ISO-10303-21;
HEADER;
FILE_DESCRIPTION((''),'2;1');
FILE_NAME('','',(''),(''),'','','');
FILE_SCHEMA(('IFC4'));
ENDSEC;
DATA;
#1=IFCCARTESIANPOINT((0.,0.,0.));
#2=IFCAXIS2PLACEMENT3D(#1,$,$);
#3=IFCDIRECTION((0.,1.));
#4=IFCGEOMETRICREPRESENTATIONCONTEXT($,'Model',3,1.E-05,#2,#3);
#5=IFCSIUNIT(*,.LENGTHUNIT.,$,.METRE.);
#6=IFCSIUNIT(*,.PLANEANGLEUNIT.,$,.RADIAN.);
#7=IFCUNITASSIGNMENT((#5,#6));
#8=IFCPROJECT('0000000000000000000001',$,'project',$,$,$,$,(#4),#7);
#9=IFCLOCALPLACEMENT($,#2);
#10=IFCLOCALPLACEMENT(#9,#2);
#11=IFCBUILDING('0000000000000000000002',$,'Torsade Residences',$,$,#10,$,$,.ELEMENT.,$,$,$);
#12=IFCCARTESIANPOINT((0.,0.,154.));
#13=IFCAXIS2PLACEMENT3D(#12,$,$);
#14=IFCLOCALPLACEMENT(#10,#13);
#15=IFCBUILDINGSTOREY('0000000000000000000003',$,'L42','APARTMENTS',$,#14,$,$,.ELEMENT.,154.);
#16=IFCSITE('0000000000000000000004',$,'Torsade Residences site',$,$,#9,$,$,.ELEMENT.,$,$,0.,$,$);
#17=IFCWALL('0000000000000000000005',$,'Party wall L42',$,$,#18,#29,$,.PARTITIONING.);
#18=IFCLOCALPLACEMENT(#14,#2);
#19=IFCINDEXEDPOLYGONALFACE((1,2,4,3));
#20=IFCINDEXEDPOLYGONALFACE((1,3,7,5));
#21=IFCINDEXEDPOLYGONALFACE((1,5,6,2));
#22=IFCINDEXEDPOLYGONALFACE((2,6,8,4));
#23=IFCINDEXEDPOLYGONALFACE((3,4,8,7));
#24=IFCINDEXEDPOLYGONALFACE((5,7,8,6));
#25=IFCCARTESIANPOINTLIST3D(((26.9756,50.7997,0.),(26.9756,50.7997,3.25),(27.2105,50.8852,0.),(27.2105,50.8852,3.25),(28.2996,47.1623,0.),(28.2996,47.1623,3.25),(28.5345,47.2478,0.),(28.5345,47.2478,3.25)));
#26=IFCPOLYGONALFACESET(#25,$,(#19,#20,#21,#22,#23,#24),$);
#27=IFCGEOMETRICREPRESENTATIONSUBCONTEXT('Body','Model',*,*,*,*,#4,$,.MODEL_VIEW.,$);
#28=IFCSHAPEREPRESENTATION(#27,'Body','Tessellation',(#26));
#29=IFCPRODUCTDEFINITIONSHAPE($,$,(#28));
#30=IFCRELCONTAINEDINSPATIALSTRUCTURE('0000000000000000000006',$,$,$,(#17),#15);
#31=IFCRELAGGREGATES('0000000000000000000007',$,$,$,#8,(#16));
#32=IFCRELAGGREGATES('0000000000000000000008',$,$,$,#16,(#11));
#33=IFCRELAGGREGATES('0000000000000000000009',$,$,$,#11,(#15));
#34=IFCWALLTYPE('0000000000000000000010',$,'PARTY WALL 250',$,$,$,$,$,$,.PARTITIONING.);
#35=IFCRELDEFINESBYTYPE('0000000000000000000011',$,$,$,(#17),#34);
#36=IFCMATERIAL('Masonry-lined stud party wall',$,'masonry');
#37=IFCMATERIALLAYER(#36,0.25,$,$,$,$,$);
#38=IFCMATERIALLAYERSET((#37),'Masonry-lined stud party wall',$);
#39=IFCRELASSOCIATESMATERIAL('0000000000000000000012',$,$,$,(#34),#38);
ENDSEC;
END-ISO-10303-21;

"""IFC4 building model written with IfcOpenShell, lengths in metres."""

from ifc_helpers import new_model, si_unit, direction, frame, frame_2d, origin, place, context, subcontext, project, spatial, rectangle, extrude, material, layer, layer_set, type_object, element, save


model = new_model("IFC4")

# Units and contexts
model_context = context("Model", 3, precision=1e-05, world=origin(), true_north=direction((0.0, 1.0)))
body_context = subcontext(model_context, "Body", "Model", "MODEL_VIEW")
ifc_project = project(units=[si_unit("LENGTHUNIT", "METRE"), si_unit("PLANEANGLEUNIT", "RADIAN")], contexts=[model_context])

# Site, building, storey
site_placement = place(None, origin())
site = spatial("IfcSite", under=ifc_project, at=site_placement, Name="Torsade Residences site", CompositionType="ELEMENT", RefElevation=0.0)
building_placement = place(site_placement, origin())
building = spatial("IfcBuilding", under=site, at=building_placement, Name="Torsade Residences", CompositionType="ELEMENT")
storey_placement = place(building_placement, frame((0.0, 0.0, 154.0)))
storey = spatial("IfcBuildingStorey", under=building, at=storey_placement, Name="L42", Description="APARTMENTS", CompositionType="ELEMENT", Elevation=154.0)

# Wall
ifc_material_1 = material(Name="Masonry-lined stud party wall", Category="masonry")
ifc_layer_1 = layer(ifc_material_1, 0.25)
ifc_layer_set_1 = layer_set([ifc_layer_1], Name="Masonry-lined stud party wall")
wall_type_1 = type_object("IfcWallType", Name="PARTY WALL 250", PredefinedType="PARTITIONING", material=ifc_layer_set_1)
wall_1_placement = place(storey_placement, frame((27.093, 50.8425, 0.0), z_axis=(0.0, 0.0, 1.0), x_axis=(0.342032, -0.939688, 0.0)))
element("IfcWall", 1, at=wall_1_placement, inside=storey, type_object=wall_type_1, Name="Party wall L42", PredefinedType="PARTITIONING", context=body_context, shape_type="SweptSolid", body=[
    extrude(rectangle(XDim=3.8708, YDim=0.25, at=frame_2d((1.9355, 0.0))), origin(), (0.0, 0.0, 1.0), 3.25),
])

save(model, "model.ifc")
